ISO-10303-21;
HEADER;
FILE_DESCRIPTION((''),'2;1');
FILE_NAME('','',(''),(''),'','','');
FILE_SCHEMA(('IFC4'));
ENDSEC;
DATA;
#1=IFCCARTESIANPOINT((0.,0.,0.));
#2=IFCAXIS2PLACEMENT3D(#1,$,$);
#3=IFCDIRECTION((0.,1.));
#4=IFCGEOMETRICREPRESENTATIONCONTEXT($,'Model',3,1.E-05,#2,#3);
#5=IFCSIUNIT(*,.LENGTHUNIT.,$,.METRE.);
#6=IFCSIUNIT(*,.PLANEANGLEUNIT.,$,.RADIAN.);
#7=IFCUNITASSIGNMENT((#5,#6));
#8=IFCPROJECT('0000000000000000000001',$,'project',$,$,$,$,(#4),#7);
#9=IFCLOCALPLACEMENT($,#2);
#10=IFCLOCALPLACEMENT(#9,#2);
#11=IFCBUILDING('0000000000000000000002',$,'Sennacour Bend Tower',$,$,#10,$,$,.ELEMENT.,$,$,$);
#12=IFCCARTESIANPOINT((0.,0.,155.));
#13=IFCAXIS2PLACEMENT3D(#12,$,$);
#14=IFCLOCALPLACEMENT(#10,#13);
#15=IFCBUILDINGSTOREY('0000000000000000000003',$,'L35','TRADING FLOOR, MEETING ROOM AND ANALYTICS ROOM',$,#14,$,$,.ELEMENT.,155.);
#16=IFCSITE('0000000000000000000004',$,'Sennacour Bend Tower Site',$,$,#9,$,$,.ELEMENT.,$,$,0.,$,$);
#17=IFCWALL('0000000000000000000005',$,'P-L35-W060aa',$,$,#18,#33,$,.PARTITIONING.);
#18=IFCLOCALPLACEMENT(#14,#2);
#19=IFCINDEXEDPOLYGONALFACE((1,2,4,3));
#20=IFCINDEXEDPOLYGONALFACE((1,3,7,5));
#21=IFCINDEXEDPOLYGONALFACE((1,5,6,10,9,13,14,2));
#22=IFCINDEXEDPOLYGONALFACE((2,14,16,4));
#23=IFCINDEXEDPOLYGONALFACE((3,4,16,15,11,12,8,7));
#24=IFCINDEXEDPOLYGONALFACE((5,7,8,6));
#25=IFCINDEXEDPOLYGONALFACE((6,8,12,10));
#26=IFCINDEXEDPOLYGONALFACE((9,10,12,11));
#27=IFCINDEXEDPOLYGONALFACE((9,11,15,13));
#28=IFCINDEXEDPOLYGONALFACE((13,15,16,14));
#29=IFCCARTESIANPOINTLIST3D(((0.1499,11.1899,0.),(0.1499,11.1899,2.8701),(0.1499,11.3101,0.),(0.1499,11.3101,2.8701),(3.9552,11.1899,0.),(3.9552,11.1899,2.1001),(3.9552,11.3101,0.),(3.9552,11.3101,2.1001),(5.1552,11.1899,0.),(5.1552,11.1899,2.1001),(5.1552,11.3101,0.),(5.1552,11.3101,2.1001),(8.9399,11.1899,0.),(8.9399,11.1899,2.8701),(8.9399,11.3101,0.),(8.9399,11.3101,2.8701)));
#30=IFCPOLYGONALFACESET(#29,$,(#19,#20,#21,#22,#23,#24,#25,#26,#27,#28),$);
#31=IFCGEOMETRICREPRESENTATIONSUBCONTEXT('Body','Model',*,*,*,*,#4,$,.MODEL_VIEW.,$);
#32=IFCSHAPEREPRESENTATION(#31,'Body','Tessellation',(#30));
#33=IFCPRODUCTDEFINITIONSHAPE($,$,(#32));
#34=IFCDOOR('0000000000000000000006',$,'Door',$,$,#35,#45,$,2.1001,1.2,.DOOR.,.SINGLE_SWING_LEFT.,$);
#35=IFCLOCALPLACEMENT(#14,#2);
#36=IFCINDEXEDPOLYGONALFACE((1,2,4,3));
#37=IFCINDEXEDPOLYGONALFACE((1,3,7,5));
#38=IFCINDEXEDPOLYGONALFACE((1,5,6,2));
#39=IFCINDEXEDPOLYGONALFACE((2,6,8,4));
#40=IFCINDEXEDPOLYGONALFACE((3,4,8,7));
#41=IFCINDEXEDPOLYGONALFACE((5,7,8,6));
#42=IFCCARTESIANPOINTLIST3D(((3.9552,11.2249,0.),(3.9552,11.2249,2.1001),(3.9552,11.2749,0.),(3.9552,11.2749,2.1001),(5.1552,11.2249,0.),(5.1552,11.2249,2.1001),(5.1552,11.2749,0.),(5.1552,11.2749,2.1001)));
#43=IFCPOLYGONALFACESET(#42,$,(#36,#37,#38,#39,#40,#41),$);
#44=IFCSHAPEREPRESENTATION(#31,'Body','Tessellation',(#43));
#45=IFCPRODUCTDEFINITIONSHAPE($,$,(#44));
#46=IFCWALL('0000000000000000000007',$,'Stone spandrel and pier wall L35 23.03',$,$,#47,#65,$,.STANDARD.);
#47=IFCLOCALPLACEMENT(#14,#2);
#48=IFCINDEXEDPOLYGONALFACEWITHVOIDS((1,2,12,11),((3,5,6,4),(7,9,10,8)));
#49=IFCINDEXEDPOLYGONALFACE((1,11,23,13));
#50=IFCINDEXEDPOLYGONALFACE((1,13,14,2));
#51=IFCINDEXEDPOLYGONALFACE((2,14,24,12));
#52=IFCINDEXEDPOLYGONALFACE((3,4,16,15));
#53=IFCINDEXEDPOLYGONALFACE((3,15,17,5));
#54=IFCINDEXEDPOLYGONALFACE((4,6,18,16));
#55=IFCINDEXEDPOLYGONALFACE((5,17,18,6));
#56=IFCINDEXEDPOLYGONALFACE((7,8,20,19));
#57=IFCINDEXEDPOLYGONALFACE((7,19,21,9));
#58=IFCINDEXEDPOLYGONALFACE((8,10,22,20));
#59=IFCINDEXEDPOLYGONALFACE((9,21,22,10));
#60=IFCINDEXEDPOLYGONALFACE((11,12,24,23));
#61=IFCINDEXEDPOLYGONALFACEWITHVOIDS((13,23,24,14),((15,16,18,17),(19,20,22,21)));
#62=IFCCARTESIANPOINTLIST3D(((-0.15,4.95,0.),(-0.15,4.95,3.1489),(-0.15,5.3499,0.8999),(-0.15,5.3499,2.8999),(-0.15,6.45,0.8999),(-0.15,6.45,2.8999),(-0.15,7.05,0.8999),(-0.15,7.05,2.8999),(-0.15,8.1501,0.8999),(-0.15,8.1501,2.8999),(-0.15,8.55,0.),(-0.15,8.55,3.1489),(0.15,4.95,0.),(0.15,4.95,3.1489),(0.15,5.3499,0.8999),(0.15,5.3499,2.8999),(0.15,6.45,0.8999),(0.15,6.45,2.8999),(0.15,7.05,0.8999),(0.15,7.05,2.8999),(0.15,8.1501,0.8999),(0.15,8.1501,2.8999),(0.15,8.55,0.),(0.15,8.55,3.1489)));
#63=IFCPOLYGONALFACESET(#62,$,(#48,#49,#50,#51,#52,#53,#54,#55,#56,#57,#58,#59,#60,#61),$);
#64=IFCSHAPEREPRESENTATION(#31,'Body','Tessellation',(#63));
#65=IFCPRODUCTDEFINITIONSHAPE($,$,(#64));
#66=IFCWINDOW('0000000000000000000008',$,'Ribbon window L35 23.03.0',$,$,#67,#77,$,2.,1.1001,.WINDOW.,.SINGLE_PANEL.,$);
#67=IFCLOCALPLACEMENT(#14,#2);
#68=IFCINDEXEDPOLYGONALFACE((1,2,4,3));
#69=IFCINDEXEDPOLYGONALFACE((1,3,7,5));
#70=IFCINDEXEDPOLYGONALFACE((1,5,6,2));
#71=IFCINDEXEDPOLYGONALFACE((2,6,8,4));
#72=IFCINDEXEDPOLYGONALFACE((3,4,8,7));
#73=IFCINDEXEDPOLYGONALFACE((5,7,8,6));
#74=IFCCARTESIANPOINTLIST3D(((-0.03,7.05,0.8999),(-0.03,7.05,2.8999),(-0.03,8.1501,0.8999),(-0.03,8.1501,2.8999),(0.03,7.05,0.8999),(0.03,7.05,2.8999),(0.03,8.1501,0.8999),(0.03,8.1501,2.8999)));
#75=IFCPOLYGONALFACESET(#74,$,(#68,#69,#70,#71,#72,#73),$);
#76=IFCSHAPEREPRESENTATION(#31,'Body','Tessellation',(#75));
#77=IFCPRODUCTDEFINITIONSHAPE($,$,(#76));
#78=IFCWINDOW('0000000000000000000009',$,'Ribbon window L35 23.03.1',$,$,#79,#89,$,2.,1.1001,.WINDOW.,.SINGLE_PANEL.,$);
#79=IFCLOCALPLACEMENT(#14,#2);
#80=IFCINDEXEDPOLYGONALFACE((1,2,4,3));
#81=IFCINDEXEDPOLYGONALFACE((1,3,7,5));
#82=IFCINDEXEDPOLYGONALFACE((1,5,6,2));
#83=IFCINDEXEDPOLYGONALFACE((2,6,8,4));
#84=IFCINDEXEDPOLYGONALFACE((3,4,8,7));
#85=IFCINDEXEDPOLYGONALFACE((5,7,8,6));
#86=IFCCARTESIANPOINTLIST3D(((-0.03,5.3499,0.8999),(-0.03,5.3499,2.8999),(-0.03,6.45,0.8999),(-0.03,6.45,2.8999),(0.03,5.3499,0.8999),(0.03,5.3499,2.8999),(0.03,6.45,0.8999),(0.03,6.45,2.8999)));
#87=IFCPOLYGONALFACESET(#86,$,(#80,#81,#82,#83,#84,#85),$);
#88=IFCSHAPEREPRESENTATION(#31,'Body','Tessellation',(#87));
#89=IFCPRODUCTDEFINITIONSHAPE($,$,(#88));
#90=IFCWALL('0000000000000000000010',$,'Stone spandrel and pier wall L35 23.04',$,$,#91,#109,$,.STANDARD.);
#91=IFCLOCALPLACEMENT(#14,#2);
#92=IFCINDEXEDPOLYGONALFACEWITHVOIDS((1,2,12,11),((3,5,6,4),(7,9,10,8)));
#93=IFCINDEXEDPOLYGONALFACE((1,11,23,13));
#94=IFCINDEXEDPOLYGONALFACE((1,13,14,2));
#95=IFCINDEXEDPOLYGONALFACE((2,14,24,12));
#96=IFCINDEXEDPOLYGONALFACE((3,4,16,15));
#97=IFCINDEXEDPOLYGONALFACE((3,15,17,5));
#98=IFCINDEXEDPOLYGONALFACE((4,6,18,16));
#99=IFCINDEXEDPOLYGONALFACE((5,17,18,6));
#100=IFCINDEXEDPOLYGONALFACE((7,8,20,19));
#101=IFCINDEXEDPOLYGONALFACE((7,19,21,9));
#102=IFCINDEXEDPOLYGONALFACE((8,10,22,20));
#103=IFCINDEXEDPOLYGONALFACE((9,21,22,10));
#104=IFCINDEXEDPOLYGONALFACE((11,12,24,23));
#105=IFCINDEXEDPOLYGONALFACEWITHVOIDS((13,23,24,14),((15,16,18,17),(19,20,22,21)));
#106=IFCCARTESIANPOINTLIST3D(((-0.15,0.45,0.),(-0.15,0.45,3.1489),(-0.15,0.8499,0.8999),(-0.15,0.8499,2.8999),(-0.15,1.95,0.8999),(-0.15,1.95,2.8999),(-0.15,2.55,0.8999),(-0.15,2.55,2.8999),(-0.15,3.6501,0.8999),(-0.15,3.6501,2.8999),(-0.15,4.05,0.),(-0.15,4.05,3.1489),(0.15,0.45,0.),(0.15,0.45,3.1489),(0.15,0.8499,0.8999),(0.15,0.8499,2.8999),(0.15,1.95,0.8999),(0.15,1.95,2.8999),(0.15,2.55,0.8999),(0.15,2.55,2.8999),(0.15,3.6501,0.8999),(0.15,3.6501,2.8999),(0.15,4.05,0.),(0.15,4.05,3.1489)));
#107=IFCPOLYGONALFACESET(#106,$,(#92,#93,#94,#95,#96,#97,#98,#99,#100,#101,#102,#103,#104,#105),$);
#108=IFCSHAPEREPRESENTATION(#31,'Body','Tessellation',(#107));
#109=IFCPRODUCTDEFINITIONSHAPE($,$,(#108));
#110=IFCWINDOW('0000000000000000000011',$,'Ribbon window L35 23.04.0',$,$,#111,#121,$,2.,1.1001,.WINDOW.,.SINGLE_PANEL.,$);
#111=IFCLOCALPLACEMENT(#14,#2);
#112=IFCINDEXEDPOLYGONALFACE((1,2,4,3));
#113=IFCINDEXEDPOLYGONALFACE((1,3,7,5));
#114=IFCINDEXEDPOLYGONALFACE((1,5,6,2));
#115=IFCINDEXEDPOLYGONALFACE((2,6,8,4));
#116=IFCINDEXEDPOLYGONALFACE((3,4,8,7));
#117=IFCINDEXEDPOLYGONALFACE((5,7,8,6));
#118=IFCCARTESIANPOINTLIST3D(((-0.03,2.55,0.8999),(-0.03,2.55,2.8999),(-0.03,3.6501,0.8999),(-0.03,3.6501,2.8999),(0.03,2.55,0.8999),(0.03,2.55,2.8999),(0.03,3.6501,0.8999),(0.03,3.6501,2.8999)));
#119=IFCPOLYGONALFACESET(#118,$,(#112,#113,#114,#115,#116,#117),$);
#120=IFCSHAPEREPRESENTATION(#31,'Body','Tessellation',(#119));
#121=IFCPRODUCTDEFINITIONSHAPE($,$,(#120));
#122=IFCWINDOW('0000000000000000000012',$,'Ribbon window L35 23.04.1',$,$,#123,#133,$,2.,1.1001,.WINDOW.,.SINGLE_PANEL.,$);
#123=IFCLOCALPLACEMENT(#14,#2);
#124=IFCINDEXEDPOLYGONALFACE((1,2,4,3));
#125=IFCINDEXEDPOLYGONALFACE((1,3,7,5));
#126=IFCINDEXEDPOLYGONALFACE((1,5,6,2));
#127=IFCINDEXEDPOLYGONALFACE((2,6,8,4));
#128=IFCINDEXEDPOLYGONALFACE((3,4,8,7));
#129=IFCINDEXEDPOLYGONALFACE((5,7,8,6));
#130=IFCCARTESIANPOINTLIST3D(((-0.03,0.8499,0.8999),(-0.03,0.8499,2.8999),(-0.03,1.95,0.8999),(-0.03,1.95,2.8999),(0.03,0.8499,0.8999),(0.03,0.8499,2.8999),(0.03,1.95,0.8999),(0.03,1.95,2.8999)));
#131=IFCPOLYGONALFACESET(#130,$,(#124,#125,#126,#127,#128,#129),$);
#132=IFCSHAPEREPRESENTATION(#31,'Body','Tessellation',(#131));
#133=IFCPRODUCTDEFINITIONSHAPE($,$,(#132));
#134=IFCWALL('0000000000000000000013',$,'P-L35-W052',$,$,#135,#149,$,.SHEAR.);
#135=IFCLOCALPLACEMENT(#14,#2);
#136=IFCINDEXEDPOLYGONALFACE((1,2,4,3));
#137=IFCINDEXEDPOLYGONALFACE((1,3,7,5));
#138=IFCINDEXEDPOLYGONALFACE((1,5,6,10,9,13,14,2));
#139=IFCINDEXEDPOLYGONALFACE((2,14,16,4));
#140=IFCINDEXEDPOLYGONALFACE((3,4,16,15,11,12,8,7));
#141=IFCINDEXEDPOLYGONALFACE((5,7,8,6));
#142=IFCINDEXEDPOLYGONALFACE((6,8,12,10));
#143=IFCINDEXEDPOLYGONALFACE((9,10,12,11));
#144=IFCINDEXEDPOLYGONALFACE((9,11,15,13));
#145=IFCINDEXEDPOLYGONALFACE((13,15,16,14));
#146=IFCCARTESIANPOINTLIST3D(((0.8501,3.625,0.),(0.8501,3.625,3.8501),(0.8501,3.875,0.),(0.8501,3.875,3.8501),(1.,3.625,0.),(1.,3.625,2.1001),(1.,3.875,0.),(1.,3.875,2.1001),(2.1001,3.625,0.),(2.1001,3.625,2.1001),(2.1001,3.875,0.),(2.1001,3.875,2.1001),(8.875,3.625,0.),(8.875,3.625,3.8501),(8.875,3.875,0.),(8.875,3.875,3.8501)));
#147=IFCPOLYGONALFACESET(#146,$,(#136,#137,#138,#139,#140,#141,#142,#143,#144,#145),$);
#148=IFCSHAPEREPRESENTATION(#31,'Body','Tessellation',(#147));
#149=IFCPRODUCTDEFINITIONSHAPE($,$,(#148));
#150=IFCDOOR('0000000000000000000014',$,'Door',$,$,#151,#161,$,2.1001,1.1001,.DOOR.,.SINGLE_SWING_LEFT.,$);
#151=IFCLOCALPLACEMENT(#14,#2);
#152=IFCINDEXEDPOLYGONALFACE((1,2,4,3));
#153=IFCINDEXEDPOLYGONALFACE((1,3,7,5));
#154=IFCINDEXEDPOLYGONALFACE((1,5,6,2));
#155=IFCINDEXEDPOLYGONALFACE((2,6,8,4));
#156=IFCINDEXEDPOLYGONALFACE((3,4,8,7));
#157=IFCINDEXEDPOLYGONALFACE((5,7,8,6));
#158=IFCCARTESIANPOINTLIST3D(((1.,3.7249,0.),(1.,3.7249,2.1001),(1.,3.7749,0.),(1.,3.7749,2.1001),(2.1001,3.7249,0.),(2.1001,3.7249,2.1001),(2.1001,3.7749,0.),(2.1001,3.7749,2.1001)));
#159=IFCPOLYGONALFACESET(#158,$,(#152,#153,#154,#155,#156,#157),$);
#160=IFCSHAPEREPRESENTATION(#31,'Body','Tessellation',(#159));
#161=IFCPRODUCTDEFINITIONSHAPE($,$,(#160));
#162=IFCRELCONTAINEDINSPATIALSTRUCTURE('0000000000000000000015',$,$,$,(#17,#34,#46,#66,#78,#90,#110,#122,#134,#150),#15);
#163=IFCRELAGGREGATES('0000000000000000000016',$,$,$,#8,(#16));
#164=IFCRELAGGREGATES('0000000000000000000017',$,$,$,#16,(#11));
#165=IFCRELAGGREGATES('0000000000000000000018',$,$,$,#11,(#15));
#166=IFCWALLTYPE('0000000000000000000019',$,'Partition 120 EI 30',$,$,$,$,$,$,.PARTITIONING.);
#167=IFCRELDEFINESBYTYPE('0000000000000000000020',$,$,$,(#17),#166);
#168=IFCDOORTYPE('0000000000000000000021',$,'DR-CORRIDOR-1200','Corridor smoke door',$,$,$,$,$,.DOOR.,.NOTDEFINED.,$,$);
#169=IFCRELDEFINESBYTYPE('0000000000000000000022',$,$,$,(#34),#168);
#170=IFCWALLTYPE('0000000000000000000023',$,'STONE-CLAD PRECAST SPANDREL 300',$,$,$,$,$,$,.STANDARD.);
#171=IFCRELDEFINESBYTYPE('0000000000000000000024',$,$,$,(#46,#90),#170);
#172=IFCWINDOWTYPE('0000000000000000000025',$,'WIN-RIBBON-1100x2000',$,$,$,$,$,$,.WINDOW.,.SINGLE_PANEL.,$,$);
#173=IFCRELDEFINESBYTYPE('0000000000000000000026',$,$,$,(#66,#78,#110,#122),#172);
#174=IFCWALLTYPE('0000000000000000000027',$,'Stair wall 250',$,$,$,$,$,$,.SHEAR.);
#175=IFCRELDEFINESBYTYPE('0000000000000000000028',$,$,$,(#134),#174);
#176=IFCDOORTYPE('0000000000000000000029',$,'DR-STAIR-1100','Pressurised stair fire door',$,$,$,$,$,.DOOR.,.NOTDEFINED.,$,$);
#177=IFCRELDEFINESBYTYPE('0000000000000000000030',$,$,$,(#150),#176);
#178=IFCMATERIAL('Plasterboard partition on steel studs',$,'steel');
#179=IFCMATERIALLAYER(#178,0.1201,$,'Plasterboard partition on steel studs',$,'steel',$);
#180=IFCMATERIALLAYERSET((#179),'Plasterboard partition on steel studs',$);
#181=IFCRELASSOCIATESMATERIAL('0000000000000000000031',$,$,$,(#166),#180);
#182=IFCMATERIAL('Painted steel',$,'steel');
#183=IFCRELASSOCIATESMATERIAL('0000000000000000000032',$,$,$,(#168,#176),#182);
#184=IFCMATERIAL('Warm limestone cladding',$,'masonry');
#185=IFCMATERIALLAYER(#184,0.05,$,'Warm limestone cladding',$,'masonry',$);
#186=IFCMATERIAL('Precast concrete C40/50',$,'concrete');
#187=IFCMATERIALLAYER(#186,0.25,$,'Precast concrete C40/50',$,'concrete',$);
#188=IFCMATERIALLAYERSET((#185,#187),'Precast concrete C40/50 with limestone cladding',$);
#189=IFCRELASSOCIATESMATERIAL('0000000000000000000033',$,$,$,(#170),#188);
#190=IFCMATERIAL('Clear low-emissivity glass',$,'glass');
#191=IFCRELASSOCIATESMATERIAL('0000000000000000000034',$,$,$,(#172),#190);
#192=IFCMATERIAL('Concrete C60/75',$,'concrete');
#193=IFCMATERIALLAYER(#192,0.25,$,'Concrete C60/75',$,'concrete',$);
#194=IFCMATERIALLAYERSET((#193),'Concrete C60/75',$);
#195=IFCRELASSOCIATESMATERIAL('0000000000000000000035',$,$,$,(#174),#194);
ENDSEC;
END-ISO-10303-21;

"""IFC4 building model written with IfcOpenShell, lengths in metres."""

from ifc_helpers import new_model, si_unit, direction, frame, frame_2d, origin, place, context, subcontext, project, spatial, rectangle, extrude, material, layer, layer_set, type_object, element, fill, save


model = new_model("IFC4")

# Units and contexts
model_context = context("Model", 3, precision=1e-05, world=origin(), true_north=direction((0.0, 1.0)))
body_context = subcontext(model_context, "Body", "Model", "MODEL_VIEW")
ifc_project = project(units=[si_unit("LENGTHUNIT", "METRE"), si_unit("PLANEANGLEUNIT", "RADIAN")], contexts=[model_context])

# Site, building, storey
site_placement = place(None, origin())
site = spatial("IfcSite", under=ifc_project, at=site_placement, Name="Sennacour Bend Tower Site", CompositionType="ELEMENT", RefElevation=0.0)
building_placement = place(site_placement, origin())
building = spatial("IfcBuilding", under=site, at=building_placement, Name="Sennacour Bend Tower", CompositionType="ELEMENT")
storey_placement = place(building_placement, frame((0.0, 0.0, 155.0)))
storey = spatial("IfcBuildingStorey", under=building, at=storey_placement, Name="L35", Description="TRADING FLOOR, MEETING ROOM AND ANALYTICS ROOM", CompositionType="ELEMENT", Elevation=155.0)

# Shared definitions
ifc_material_1 = material(Name="Plasterboard partition on steel studs", Category="steel")

# Wall, opening, door
ifc_layer_1 = layer(ifc_material_1, 0.1201, Name="Plasterboard partition on steel studs", Category="steel")
ifc_layer_set_1 = layer_set([ifc_layer_1], Name="Plasterboard partition on steel studs")
wall_type_1 = type_object("IfcWallType", Name="Partition 120 EI 30", PredefinedType="PARTITIONING", material=ifc_layer_set_1)
wall_1_placement = place(storey_placement, frame((0.1499, 11.25, 0.0), z_axis=(0.0, 0.0, 1.0), x_axis=(1.0, 0.0, 0.0)))
wall_1 = element("IfcWall", 1, at=wall_1_placement, inside=storey, type_object=wall_type_1, Name="P-L35-W060aa", PredefinedType="PARTITIONING", context=body_context, shape_type="SweptSolid", body=[
    extrude(rectangle(XDim=8.79, YDim=0.1201, at=frame_2d((4.395, 0.0))), origin(), (0.0, 0.0, 1.0), 2.8701),
])
opening_1_placement = place(wall_1_placement, frame((3.8052, 0.0, 0.0)))
opening_1 = element("IfcOpeningElement", 2, at=opening_1_placement, cuts=wall_1, PredefinedType="OPENING", context=body_context, shape_type="SweptSolid", body=[
    extrude(rectangle(XDim=1.2, YDim=2.1001, at=frame_2d((0.6001, 1.05))), frame((0.0, 0.0701, 0.0), z_axis=(0.0, -1.0, 0.0), x_axis=(1.0, 0.0, 0.0)), (0.0, 0.0, 1.0), 0.1401),
])
ifc_material_2 = material(Name="Painted steel", Category="steel")
door_type_1 = type_object("IfcDoorType", Name="DR-CORRIDOR-1200", Description="Corridor smoke door", OperationType="NOTDEFINED", PredefinedType="DOOR", material=ifc_material_2)
door_1_placement = place(opening_1_placement, origin())
door_1 = element("IfcDoor", 3, at=door_1_placement, inside=storey, type_object=door_type_1, Name="Door", OperationType="SINGLE_SWING_LEFT", OverallHeight=2.1001, OverallWidth=1.2, PredefinedType="DOOR", context=body_context, shape_type="SweptSolid", body=[
    extrude(rectangle(XDim=1.2, YDim=2.1001, at=frame_2d((0.6001, 1.05))), frame((0.0, 0.0249, 0.0), z_axis=(0.0, -1.0, 0.0), x_axis=(1.0, 0.0, 0.0)), (0.0, 0.0, 1.0), 0.05),
])
fill(opening_1, door_1)

# Walls, openings, windows
ifc_material_3 = material(Name="Warm limestone cladding", Category="masonry")
ifc_layer_2 = layer(ifc_material_3, 0.05, Name="Warm limestone cladding", Category="masonry")
ifc_material_4 = material(Name="Precast concrete C40/50", Category="concrete")
ifc_layer_3 = layer(ifc_material_4, 0.25, Name="Precast concrete C40/50", Category="concrete")
ifc_layer_set_2 = layer_set([ifc_layer_2, ifc_layer_3], Name="Precast concrete C40/50 with limestone cladding")
wall_type_2 = type_object("IfcWallType", Name="STONE-CLAD PRECAST SPANDREL 300", PredefinedType="STANDARD", material=ifc_layer_set_2)
wall_2_placement = place(storey_placement, frame((0.0, 8.55, 0.0), z_axis=(0.0, 0.0, 1.0), x_axis=(0.0, -1.0, 0.0)))
wall_2 = element("IfcWall", 4, at=wall_2_placement, inside=storey, type_object=wall_type_2, Name="Stone spandrel and pier wall L35 23.03", PredefinedType="STANDARD", context=body_context, shape_type="SweptSolid", body=[
    extrude(rectangle(XDim=3.6001, YDim=0.3, at=frame_2d((1.8, 0.0))), origin(), (0.0, 0.0, 1.0), 3.1489),
])
opening_2_placement = place(wall_2_placement, frame((0.3999, 0.0, 0.8999)))
opening_2 = element("IfcOpeningElement", 5, at=opening_2_placement, cuts=wall_2, PredefinedType="OPENING", context=body_context, shape_type="SweptSolid", body=[
    extrude(rectangle(XDim=1.1001, YDim=2.0, at=frame_2d((0.55, 1.0))), frame((0.0, 0.1602, 0.0), z_axis=(0.0, -1.0, 0.0), x_axis=(1.0, 0.0, 0.0)), (0.0, 0.0, 1.0), 0.3201),
])
opening_3_placement = place(wall_2_placement, frame((2.1001, 0.0, 0.8999)))
opening_3 = element("IfcOpeningElement", 6, at=opening_3_placement, cuts=wall_2, PredefinedType="OPENING", context=body_context, shape_type="SweptSolid", body=[
    extrude(rectangle(XDim=1.1001, YDim=2.0, at=frame_2d((0.55, 1.0))), frame((0.0, 0.1602, 0.0), z_axis=(0.0, -1.0, 0.0), x_axis=(1.0, 0.0, 0.0)), (0.0, 0.0, 1.0), 0.3201),
])
ifc_material_5 = material(Name="Clear low-emissivity glass", Category="glass")
window_type = type_object("IfcWindowType", Name="WIN-RIBBON-1100x2000", PartitioningType="SINGLE_PANEL", PredefinedType="WINDOW", material=ifc_material_5)
window_1_placement = place(opening_2_placement, origin())
window_1 = element("IfcWindow", 7, at=window_1_placement, inside=storey, type_object=window_type, Name="Ribbon window L35 23.03.0", OverallHeight=2.0, OverallWidth=1.1001, PartitioningType="SINGLE_PANEL", PredefinedType="WINDOW", context=body_context, shape_type="SweptSolid", body=[
    extrude(rectangle(XDim=1.1001, YDim=2.0, at=frame_2d((0.55, 1.0))), frame((0.0, 0.03, 0.0), z_axis=(0.0, -1.0, 0.0), x_axis=(1.0, 0.0, 0.0)), (0.0, 0.0, 1.0), 0.0601),
])
fill(opening_2, window_1)
window_2_placement = place(opening_3_placement, origin())
window_2 = element("IfcWindow", 8, at=window_2_placement, inside=storey, type_object=window_type, Name="Ribbon window L35 23.03.1", OverallHeight=2.0, OverallWidth=1.1001, PartitioningType="SINGLE_PANEL", PredefinedType="WINDOW", context=body_context, shape_type="SweptSolid", body=[
    extrude(rectangle(XDim=1.1001, YDim=2.0, at=frame_2d((0.55, 1.0))), frame((0.0, 0.03, 0.0), z_axis=(0.0, -1.0, 0.0), x_axis=(1.0, 0.0, 0.0)), (0.0, 0.0, 1.0), 0.0601),
])
fill(opening_3, window_2)
wall_3_placement = place(storey_placement, frame((0.0, 4.05, 0.0), z_axis=(0.0, 0.0, 1.0), x_axis=(0.0, -1.0, 0.0)))
wall_3 = element("IfcWall", 9, at=wall_3_placement, inside=storey, type_object=wall_type_2, Name="Stone spandrel and pier wall L35 23.04", PredefinedType="STANDARD", context=body_context, shape_type="SweptSolid", body=[
    extrude(rectangle(XDim=3.6001, YDim=0.3, at=frame_2d((1.8, 0.0))), origin(), (0.0, 0.0, 1.0), 3.1489),
])
opening_4_placement = place(wall_3_placement, frame((0.3999, 0.0, 0.8999)))
opening_4 = element("IfcOpeningElement", 10, at=opening_4_placement, cuts=wall_3, PredefinedType="OPENING", context=body_context, shape_type="SweptSolid", body=[
    extrude(rectangle(XDim=1.1001, YDim=2.0, at=frame_2d((0.55, 1.0))), frame((0.0, 0.1602, 0.0), z_axis=(0.0, -1.0, 0.0), x_axis=(1.0, 0.0, 0.0)), (0.0, 0.0, 1.0), 0.3201),
])
opening_5_placement = place(wall_3_placement, frame((2.1001, 0.0, 0.8999)))
opening_5 = element("IfcOpeningElement", 11, at=opening_5_placement, cuts=wall_3, PredefinedType="OPENING", context=body_context, shape_type="SweptSolid", body=[
    extrude(rectangle(XDim=1.1001, YDim=2.0, at=frame_2d((0.55, 1.0))), frame((0.0, 0.1602, 0.0), z_axis=(0.0, -1.0, 0.0), x_axis=(1.0, 0.0, 0.0)), (0.0, 0.0, 1.0), 0.3201),
])
window_3_placement = place(opening_4_placement, origin())
window_3 = element("IfcWindow", 12, at=window_3_placement, inside=storey, type_object=window_type, Name="Ribbon window L35 23.04.0", OverallHeight=2.0, OverallWidth=1.1001, PartitioningType="SINGLE_PANEL", PredefinedType="WINDOW", context=body_context, shape_type="SweptSolid", body=[
    extrude(rectangle(XDim=1.1001, YDim=2.0, at=frame_2d((0.55, 1.0))), frame((0.0, 0.03, 0.0), z_axis=(0.0, -1.0, 0.0), x_axis=(1.0, 0.0, 0.0)), (0.0, 0.0, 1.0), 0.0601),
])
fill(opening_4, window_3)
window_4_placement = place(opening_5_placement, origin())
window_4 = element("IfcWindow", 13, at=window_4_placement, inside=storey, type_object=window_type, Name="Ribbon window L35 23.04.1", OverallHeight=2.0, OverallWidth=1.1001, PartitioningType="SINGLE_PANEL", PredefinedType="WINDOW", context=body_context, shape_type="SweptSolid", body=[
    extrude(rectangle(XDim=1.1001, YDim=2.0, at=frame_2d((0.55, 1.0))), frame((0.0, 0.03, 0.0), z_axis=(0.0, -1.0, 0.0), x_axis=(1.0, 0.0, 0.0)), (0.0, 0.0, 1.0), 0.0601),
])
fill(opening_5, window_4)

# Wall, opening, door
ifc_material_6 = material(Name="Concrete C60/75", Category="concrete")
ifc_layer_4 = layer(ifc_material_6, 0.25, Name="Concrete C60/75", Category="concrete")
ifc_layer_set_3 = layer_set([ifc_layer_4], Name="Concrete C60/75")
wall_type_3 = type_object("IfcWallType", Name="Stair wall 250", PredefinedType="SHEAR", material=ifc_layer_set_3)
wall_4_placement = place(storey_placement, frame((0.8501, 3.75, 0.0), z_axis=(0.0, 0.0, 1.0), x_axis=(1.0, 0.0, 0.0)))
wall_4 = element("IfcWall", 14, at=wall_4_placement, inside=storey, type_object=wall_type_3, Name="P-L35-W052", PredefinedType="SHEAR", context=body_context, shape_type="SweptSolid", body=[
    extrude(rectangle(XDim=8.0249, YDim=0.25, at=frame_2d((4.0125, 0.0))), origin(), (0.0, 0.0, 1.0), 3.8501),
])
opening_6_placement = place(wall_4_placement, frame((0.1499, 0.0, 0.0)))
opening_6 = element("IfcOpeningElement", 15, at=opening_6_placement, cuts=wall_4, PredefinedType="OPENING", context=body_context, shape_type="SweptSolid", body=[
    extrude(rectangle(XDim=1.1001, YDim=2.1001, at=frame_2d((0.55, 1.05))), frame((0.0, 0.135, 0.0), z_axis=(0.0, -1.0, 0.0), x_axis=(1.0, 0.0, 0.0)), (0.0, 0.0, 1.0), 0.27),
])
door_type_2 = type_object("IfcDoorType", Name="DR-STAIR-1100", Description="Pressurised stair fire door", OperationType="NOTDEFINED", PredefinedType="DOOR", material=ifc_material_2)
door_2_placement = place(opening_6_placement, origin())
door_2 = element("IfcDoor", 16, at=door_2_placement, inside=storey, type_object=door_type_2, Name="Door", OperationType="SINGLE_SWING_LEFT", OverallHeight=2.1001, OverallWidth=1.1001, PredefinedType="DOOR", context=body_context, shape_type="SweptSolid", body=[
    extrude(rectangle(XDim=1.1001, YDim=2.1001, at=frame_2d((0.55, 1.05))), frame((0.0, 0.0249, 0.0), z_axis=(0.0, -1.0, 0.0), x_axis=(1.0, 0.0, 0.0)), (0.0, 0.0, 1.0), 0.05),
])
fill(opening_6, door_2)

save(model, "model.ifc")
